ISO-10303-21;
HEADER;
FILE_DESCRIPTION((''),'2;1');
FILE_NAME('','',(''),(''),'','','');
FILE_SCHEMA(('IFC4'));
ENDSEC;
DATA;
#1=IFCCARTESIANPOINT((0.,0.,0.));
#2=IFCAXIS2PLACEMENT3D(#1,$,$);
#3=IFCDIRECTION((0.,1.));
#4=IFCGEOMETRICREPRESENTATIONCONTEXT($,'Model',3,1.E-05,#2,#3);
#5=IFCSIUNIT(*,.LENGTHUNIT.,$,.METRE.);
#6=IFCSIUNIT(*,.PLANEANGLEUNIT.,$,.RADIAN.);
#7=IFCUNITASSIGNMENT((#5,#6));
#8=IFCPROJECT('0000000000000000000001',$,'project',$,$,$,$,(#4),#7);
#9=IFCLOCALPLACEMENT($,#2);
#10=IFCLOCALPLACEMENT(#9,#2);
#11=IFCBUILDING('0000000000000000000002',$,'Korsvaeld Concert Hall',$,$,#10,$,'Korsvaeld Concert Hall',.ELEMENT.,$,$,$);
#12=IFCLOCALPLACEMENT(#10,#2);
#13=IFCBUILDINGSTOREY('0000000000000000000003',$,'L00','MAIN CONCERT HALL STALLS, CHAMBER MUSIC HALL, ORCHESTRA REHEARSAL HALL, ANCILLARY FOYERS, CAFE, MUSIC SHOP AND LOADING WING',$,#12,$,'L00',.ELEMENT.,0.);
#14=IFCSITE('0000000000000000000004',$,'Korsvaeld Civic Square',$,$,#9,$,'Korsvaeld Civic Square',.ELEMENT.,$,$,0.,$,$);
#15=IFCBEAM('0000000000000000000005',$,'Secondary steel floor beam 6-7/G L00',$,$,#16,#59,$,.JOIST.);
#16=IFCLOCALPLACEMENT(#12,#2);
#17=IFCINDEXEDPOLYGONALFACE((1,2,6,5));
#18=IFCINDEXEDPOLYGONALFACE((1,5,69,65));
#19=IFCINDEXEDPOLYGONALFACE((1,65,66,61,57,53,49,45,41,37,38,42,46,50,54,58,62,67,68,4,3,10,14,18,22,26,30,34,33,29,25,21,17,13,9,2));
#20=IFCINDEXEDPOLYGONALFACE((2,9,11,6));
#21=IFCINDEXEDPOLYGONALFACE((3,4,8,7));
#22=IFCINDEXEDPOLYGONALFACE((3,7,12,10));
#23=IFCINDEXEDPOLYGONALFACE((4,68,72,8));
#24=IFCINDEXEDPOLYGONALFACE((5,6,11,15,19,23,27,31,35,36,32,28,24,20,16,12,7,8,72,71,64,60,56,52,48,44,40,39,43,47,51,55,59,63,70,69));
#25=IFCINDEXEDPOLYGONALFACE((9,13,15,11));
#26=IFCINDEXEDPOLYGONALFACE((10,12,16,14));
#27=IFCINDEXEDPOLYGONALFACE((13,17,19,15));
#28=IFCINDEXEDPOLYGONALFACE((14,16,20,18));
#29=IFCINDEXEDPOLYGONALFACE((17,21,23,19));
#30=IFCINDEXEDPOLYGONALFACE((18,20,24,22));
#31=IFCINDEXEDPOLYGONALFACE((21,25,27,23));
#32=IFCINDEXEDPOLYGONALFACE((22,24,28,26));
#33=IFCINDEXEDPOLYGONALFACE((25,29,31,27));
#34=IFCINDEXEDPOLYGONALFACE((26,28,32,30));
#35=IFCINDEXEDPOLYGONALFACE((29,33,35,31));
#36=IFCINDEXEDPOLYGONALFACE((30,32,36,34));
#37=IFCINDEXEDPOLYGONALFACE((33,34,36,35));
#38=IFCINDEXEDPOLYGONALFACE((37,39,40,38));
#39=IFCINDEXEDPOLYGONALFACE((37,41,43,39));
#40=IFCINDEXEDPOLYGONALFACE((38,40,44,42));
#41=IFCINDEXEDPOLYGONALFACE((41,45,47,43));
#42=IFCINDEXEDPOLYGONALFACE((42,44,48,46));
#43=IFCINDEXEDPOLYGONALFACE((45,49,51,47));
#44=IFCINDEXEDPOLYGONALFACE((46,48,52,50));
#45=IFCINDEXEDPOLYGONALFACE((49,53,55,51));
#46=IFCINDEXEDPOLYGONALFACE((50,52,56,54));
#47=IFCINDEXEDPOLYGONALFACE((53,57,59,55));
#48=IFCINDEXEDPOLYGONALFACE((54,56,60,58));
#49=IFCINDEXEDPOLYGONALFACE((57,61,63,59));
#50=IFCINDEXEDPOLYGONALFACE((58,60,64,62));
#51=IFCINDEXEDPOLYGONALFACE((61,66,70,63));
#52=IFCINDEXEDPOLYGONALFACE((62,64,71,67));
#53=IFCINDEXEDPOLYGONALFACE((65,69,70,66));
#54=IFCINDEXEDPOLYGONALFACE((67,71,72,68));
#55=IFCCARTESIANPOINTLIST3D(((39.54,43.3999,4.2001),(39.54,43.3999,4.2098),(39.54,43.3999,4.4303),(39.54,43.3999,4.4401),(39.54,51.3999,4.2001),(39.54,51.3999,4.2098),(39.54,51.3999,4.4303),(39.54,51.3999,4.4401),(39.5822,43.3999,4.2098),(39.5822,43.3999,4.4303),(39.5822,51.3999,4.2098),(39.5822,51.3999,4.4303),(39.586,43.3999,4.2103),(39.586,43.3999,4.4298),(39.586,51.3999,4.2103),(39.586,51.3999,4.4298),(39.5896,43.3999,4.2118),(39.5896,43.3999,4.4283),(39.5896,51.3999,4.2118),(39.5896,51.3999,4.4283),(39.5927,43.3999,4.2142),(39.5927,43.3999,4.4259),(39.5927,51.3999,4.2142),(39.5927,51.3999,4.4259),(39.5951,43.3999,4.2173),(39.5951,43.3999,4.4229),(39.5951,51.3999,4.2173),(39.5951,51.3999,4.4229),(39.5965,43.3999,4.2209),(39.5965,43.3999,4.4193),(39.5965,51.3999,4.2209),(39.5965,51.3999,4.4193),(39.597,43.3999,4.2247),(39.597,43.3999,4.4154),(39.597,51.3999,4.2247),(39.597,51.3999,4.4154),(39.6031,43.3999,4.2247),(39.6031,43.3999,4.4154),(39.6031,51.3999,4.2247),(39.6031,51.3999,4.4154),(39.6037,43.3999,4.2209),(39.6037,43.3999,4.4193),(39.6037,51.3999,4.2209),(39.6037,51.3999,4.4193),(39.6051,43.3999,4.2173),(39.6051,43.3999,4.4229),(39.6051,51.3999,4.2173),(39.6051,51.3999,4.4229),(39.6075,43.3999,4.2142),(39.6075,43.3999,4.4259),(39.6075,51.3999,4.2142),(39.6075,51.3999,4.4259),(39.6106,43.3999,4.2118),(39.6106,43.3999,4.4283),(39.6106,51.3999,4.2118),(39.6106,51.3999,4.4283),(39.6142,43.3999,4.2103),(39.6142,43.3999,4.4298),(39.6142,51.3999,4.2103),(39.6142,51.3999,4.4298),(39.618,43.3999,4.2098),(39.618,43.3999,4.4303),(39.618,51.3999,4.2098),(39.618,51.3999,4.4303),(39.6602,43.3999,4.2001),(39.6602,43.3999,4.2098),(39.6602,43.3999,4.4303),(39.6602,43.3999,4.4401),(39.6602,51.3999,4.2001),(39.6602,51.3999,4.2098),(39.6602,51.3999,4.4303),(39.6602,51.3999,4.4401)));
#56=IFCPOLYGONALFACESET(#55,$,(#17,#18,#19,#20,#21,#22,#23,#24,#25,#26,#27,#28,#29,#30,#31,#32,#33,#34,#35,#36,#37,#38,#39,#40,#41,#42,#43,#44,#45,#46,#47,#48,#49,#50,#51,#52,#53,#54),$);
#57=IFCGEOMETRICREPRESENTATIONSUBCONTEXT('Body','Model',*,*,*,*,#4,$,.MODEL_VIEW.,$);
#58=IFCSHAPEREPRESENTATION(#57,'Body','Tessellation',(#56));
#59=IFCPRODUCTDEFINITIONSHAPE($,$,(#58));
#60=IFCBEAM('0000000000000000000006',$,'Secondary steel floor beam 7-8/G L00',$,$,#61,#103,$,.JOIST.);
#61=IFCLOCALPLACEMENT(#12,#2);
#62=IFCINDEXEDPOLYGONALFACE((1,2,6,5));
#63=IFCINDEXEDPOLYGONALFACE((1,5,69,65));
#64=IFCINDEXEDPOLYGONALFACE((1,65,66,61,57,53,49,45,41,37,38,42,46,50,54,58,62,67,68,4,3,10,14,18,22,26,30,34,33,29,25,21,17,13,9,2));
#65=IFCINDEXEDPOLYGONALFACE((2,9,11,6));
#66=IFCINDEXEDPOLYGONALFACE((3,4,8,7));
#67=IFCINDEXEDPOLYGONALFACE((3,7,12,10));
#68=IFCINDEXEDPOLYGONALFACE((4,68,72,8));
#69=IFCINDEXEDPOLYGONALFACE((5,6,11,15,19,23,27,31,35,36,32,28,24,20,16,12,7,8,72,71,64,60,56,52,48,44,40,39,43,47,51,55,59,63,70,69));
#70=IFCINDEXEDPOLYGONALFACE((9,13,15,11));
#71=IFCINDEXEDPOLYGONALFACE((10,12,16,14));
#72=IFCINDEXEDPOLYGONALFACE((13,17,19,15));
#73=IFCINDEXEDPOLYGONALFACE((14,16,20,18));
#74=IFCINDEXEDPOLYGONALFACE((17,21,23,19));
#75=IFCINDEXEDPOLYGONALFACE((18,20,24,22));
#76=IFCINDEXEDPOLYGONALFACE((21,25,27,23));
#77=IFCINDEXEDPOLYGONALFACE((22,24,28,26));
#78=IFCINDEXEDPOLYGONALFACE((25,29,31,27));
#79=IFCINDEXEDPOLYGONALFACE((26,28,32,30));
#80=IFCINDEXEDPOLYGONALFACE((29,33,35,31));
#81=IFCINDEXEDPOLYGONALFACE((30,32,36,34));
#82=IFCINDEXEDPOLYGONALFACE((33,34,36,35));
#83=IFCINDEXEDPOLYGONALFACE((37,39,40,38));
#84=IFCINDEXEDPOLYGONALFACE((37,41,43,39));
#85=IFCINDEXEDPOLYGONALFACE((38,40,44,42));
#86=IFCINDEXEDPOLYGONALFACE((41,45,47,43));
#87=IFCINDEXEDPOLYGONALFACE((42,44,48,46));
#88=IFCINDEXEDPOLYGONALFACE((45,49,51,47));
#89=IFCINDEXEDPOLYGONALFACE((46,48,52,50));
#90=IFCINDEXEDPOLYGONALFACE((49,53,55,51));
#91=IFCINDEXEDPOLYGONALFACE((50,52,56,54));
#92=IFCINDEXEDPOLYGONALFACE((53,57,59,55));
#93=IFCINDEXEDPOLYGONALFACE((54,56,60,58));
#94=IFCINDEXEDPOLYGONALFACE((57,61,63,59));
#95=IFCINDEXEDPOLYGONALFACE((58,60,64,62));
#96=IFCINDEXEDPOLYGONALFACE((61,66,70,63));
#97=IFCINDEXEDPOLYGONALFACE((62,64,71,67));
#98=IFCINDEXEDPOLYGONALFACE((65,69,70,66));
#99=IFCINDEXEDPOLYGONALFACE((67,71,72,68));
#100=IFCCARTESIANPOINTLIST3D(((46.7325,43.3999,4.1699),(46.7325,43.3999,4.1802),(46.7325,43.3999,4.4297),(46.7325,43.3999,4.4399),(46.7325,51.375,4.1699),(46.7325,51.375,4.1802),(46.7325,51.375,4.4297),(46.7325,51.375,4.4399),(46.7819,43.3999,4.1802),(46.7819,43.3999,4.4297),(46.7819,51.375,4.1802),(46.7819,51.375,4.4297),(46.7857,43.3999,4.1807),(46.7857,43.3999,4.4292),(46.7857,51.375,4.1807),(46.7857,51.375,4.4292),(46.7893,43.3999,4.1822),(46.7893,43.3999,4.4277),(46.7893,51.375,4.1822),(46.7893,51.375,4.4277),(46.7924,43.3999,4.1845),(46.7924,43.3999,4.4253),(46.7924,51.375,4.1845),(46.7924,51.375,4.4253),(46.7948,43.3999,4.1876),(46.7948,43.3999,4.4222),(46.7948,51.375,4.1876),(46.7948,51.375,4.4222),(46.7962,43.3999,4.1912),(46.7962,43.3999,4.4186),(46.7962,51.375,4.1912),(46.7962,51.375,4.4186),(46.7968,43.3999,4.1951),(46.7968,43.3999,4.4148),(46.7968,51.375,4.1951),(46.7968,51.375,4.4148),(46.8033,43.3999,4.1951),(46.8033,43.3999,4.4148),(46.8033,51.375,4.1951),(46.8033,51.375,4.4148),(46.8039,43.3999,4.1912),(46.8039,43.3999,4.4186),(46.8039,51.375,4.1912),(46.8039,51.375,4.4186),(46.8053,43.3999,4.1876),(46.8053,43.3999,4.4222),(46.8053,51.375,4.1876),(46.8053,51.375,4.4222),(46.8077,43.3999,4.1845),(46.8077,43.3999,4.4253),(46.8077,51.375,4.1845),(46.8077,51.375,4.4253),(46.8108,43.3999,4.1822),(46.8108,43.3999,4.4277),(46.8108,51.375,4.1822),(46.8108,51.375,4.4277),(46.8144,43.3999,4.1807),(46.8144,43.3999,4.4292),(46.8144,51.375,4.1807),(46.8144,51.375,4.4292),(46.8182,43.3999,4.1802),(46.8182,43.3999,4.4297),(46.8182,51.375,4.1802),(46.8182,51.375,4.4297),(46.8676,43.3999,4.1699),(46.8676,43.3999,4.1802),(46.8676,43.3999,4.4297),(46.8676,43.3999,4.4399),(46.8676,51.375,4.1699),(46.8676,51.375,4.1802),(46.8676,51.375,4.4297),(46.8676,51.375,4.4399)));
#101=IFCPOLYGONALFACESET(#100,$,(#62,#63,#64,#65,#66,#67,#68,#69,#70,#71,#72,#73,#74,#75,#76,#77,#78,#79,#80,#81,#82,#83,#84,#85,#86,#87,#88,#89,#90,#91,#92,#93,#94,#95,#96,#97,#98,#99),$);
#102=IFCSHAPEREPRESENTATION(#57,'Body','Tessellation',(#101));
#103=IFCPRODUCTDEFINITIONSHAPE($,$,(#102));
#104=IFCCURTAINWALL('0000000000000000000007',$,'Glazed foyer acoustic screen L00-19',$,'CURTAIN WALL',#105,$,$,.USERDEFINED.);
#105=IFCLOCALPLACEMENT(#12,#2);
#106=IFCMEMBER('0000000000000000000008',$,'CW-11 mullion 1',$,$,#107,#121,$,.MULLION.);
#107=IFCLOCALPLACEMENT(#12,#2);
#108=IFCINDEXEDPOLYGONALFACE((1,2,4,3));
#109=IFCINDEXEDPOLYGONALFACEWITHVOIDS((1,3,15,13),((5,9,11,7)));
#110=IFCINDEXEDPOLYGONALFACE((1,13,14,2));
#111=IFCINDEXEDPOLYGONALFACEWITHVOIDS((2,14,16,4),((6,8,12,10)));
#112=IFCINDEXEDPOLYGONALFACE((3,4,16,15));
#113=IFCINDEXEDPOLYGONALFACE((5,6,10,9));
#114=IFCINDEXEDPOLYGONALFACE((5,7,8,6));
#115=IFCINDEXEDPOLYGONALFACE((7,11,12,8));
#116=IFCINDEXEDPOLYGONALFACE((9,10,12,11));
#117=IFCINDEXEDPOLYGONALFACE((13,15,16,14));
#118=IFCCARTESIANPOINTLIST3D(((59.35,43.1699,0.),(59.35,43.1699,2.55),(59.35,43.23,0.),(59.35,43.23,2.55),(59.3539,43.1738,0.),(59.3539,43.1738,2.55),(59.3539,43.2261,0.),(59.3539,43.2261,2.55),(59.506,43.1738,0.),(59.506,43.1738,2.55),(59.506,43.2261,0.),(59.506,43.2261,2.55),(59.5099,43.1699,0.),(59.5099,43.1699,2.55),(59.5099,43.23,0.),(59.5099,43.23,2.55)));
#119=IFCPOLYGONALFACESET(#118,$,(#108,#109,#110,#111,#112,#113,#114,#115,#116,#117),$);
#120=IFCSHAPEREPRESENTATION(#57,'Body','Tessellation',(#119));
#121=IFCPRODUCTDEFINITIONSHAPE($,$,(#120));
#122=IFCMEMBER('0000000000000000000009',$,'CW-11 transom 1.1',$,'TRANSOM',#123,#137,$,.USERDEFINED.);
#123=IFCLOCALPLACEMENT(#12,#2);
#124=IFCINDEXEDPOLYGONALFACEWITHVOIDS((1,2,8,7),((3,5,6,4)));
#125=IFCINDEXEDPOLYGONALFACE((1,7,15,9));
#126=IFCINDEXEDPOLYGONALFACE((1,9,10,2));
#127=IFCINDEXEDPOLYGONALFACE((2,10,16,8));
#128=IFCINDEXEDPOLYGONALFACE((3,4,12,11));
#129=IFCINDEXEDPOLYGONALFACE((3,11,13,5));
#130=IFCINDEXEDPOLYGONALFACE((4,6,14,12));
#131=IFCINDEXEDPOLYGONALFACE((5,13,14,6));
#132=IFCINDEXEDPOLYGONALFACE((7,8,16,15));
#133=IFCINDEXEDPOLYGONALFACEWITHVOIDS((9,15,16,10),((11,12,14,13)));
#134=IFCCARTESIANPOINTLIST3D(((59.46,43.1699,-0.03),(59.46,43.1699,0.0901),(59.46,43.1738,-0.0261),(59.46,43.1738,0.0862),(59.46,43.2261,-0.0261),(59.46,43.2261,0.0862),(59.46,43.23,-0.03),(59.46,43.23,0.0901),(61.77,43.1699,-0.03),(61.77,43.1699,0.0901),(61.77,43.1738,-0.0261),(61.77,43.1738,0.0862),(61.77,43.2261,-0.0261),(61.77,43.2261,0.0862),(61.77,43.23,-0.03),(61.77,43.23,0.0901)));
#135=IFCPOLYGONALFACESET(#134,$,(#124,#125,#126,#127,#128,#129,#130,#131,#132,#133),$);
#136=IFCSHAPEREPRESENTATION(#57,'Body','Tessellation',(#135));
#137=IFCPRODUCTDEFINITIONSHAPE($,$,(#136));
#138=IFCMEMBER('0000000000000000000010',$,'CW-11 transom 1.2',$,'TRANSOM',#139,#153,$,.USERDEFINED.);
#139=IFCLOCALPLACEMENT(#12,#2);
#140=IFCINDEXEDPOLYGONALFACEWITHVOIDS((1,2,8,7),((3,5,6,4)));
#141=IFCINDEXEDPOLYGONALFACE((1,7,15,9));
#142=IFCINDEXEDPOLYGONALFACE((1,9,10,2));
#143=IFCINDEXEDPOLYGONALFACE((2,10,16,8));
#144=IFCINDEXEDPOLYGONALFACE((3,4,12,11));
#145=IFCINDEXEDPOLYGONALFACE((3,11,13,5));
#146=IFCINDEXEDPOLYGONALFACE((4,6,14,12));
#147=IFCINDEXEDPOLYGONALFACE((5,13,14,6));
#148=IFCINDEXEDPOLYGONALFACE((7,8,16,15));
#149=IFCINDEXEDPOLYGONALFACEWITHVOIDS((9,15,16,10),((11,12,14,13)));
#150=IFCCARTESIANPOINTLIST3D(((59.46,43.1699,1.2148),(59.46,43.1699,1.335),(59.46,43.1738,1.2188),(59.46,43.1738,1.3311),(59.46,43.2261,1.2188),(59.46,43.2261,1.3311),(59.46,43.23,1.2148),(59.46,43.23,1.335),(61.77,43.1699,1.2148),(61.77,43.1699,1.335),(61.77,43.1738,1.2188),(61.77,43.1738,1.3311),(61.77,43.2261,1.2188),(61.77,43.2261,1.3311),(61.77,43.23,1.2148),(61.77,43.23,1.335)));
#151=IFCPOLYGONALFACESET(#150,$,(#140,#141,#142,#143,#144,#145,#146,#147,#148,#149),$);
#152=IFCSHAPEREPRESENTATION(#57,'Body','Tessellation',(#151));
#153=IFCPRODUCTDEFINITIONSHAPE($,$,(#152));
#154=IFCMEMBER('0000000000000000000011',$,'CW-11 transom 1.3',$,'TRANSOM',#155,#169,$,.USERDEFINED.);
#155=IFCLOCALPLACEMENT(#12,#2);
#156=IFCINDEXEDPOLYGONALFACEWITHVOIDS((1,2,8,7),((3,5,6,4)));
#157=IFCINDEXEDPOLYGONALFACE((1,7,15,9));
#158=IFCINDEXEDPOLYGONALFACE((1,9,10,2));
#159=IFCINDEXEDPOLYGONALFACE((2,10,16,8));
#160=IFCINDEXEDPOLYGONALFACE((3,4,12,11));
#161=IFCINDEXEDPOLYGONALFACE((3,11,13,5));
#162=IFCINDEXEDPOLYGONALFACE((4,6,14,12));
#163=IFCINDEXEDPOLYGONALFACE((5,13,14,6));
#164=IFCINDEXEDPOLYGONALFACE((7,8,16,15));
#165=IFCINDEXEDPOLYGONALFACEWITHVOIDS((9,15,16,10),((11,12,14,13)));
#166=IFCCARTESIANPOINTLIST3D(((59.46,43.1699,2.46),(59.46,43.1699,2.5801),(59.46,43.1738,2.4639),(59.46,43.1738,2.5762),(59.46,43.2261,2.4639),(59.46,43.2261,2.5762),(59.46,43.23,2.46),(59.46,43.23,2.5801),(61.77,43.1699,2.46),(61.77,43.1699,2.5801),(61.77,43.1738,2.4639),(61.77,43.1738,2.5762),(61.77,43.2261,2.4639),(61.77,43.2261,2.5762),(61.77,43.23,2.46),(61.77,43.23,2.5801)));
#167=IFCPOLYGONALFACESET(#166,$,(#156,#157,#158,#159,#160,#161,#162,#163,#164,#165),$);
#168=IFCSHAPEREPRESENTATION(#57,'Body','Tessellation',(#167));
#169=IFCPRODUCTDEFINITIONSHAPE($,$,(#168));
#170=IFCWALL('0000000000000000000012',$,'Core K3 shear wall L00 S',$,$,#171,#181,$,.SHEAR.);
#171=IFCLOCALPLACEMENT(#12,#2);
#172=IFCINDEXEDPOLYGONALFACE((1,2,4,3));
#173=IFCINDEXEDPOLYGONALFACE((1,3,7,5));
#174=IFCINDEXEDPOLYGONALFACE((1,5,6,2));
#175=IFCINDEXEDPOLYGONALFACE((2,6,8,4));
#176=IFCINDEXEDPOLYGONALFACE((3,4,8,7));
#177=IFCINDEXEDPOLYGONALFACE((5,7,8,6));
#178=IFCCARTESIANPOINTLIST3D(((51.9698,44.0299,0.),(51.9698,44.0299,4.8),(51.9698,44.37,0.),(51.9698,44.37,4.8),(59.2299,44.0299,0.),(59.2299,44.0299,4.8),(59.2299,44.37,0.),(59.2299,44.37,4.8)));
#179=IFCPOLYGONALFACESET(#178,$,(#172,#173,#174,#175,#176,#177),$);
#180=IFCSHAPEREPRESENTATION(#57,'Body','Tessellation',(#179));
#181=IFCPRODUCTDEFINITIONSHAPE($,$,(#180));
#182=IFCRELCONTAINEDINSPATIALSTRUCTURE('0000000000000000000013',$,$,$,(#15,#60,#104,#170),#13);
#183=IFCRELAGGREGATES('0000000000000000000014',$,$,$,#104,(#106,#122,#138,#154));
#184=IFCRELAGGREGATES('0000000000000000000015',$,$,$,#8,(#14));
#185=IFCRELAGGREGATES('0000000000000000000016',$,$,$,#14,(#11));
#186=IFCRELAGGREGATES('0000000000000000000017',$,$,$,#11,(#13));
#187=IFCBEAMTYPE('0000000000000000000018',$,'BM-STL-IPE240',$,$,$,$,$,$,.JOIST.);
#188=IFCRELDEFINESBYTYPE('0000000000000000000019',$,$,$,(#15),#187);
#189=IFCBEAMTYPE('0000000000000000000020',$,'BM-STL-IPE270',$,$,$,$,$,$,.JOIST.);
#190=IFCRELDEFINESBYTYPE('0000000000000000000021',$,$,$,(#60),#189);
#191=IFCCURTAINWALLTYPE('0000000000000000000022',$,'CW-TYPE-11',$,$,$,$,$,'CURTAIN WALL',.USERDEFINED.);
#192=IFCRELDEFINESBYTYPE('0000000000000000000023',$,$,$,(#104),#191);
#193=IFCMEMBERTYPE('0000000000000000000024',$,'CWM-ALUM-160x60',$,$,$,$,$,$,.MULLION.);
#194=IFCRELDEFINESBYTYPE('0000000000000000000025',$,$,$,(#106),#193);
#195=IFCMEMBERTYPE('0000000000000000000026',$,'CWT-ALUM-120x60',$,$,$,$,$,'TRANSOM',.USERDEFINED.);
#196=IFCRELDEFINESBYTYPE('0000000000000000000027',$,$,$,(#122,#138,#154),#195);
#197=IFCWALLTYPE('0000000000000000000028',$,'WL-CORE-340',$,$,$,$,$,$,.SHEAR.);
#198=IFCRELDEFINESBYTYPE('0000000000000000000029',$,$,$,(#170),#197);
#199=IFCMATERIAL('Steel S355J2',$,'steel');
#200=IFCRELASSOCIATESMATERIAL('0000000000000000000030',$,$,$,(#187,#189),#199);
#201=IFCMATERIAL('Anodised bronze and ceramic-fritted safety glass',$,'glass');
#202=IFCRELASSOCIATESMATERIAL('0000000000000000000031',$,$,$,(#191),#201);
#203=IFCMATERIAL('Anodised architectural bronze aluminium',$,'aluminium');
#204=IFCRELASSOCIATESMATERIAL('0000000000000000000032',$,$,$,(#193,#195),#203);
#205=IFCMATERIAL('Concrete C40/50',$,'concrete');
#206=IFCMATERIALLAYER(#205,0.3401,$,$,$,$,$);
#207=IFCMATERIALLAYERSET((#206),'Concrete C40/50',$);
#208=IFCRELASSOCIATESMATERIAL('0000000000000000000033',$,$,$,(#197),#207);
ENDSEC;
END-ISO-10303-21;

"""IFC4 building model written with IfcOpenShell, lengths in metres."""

from ifc_helpers import new_model, si_unit, direction, frame, frame_2d, origin, origin_2d, place, context, subcontext, project, spatial, rectangle, hollow_rectangle, i_section, extrude, material, layer, layer_set, material_profile, profile_set, type_object, element, aggregate, save


model = new_model("IFC4")

# Units and contexts
model_context = context("Model", 3, precision=1e-05, world=origin(), true_north=direction((0.0, 1.0)))
body_context = subcontext(model_context, "Body", "Model", "MODEL_VIEW")
ifc_project = project(units=[si_unit("LENGTHUNIT", "METRE"), si_unit("PLANEANGLEUNIT", "RADIAN")], contexts=[model_context])

# Site, building, storey
site_placement = place(None, origin())
site = spatial("IfcSite", under=ifc_project, at=site_placement, Name="Korsvaeld Civic Square", LongName="Korsvaeld Civic Square", CompositionType="ELEMENT", RefElevation=0.0)
building_placement = place(site_placement, origin())
building = spatial("IfcBuilding", under=site, at=building_placement, Name="Korsvaeld Concert Hall", LongName="Korsvaeld Concert Hall", CompositionType="ELEMENT")
storey_placement = place(building_placement, origin())
storey = spatial("IfcBuildingStorey", under=building, at=storey_placement, Name="L00", Description="MAIN CONCERT HALL STALLS, CHAMBER MUSIC HALL, ORCHESTRA REHEARSAL HALL, ANCILLARY FOYERS, CAFE, MUSIC SHOP AND LOADING WING", LongName="L00", CompositionType="ELEMENT", Elevation=0.0)

# Shared definitions
ifc_material_1 = material(Name="Concrete C40/50", Category="concrete")

# Beams
ifc_material_2 = material(Name="Steel S355J2", Category="steel")
ifc_material_profile_1 = material_profile(ifc_material_2, i_section(OverallWidth=0.1201, OverallDepth=0.24, WebThickness=0.0061, FlangeThickness=0.0098, FilletRadius=0.0149, at=origin_2d()), Name="IPE 240")
ifc_profile_set_1 = profile_set([ifc_material_profile_1], Name="Steel S355J2")
beam_type_1 = type_object("IfcBeamType", Name="BM-STL-IPE240", PredefinedType="JOIST", material=ifc_profile_set_1)
beam_1_placement = place(storey_placement, frame((39.6001, 43.3999, 4.3201), z_axis=(0.0, 1.0, 0.0), x_axis=(-1.0, 0.0, 0.0)))
element("IfcBeam", 1, at=beam_1_placement, inside=storey, type_object=beam_type_1, Name="Secondary steel floor beam 6-7/G L00", PredefinedType="JOIST", context=body_context, shape_type="SweptSolid", body=[
    extrude(i_section(OverallWidth=0.1201, OverallDepth=0.24, WebThickness=0.0061, FlangeThickness=0.0098, FilletRadius=0.0149, at=origin_2d()), origin(), (0.0, 0.0, 1.0), 8.0),
])
ifc_material_profile_2 = material_profile(ifc_material_2, i_section(OverallWidth=0.135, OverallDepth=0.27, WebThickness=0.0066, FlangeThickness=0.0103, FilletRadius=0.0149, at=origin_2d()), Name="IPE 270")
ifc_profile_set_2 = profile_set([ifc_material_profile_2], Name="Steel S355J2")
beam_type_2 = type_object("IfcBeamType", Name="BM-STL-IPE270", PredefinedType="JOIST", material=ifc_profile_set_2)
beam_2_placement = place(storey_placement, frame((46.8, 43.3999, 4.3049), z_axis=(0.0, 1.0, 0.0), x_axis=(-1.0, 0.0, 0.0)))
element("IfcBeam", 2, at=beam_2_placement, inside=storey, type_object=beam_type_2, Name="Secondary steel floor beam 7-8/G L00", PredefinedType="JOIST", context=body_context, shape_type="SweptSolid", body=[
    extrude(i_section(OverallWidth=0.135, OverallDepth=0.27, WebThickness=0.0066, FlangeThickness=0.0103, FilletRadius=0.0149, at=origin_2d()), origin(), (0.0, 0.0, 1.0), 7.9751),
])

# Curtain wall, members
ifc_material_3 = material(Name="Anodised bronze and ceramic-fritted safety glass", Category="glass")
curtain_wall_type = type_object("IfcCurtainWallType", Name="CW-TYPE-11", ElementType="CURTAIN WALL", PredefinedType="USERDEFINED", material=ifc_material_3)
curtain_wall_placement = place(storey_placement, origin())
curtain_wall = element("IfcCurtainWall", 3, at=curtain_wall_placement, inside=storey, type_object=curtain_wall_type, Name="Glazed foyer acoustic screen L00-19", ObjectType="CURTAIN WALL", PredefinedType="USERDEFINED")
ifc_material_4 = material(Name="Anodised architectural bronze aluminium", Category="aluminium")
ifc_material_profile_3 = material_profile(ifc_material_4, hollow_rectangle(XDim=0.0601, YDim=0.1599, WallThickness=0.0039, at=origin_2d()), Name="CWM 160x60x4")
ifc_profile_set_3 = profile_set([ifc_material_profile_3], Name="Anodised architectural bronze aluminium")
member_type_1 = type_object("IfcMemberType", Name="CWM-ALUM-160x60", PredefinedType="MULLION", material=ifc_profile_set_3)
member_1_placement = place(storey_placement, frame((59.4299, 43.2, 0.0), z_axis=(0.0, 0.0, 1.0), x_axis=(0.0, 1.0, 0.0)))
member_1 = element("IfcMember", 4, at=member_1_placement, type_object=member_type_1, Name="CW-11 mullion 1", PredefinedType="MULLION", context=body_context, shape_type="SweptSolid", body=[
    extrude(hollow_rectangle(XDim=0.0601, YDim=0.1599, WallThickness=0.0039, at=origin_2d()), origin(), (0.0, 0.0, 1.0), 2.55),
])
ifc_material_profile_4 = material_profile(ifc_material_4, hollow_rectangle(XDim=0.0601, YDim=0.1201, WallThickness=0.0039, at=origin_2d()), Name="CWT 120x60x4")
ifc_profile_set_4 = profile_set([ifc_material_profile_4], Name="Anodised architectural bronze aluminium")
member_type_2 = type_object("IfcMemberType", Name="CWT-ALUM-120x60", ElementType="TRANSOM", PredefinedType="USERDEFINED", material=ifc_profile_set_4)
member_2_placement = place(storey_placement, frame((59.46, 43.2, 0.03), z_axis=(1.0, 0.0, 0.0), x_axis=(0.0, 1.0, 0.0)))
member_2 = element("IfcMember", 5, at=member_2_placement, type_object=member_type_2, Name="CW-11 transom 1.1", ObjectType="TRANSOM", PredefinedType="USERDEFINED", context=body_context, shape_type="SweptSolid", body=[
    extrude(hollow_rectangle(XDim=0.0601, YDim=0.1201, WallThickness=0.0039, at=origin_2d()), origin(), (0.0, 0.0, 1.0), 2.3101),
])
member_3_placement = place(storey_placement, frame((59.46, 43.2, 1.2749), z_axis=(1.0, 0.0, 0.0), x_axis=(0.0, 1.0, 0.0)))
member_3 = element("IfcMember", 6, at=member_3_placement, type_object=member_type_2, Name="CW-11 transom 1.2", ObjectType="TRANSOM", PredefinedType="USERDEFINED", context=body_context, shape_type="SweptSolid", body=[
    extrude(hollow_rectangle(XDim=0.0601, YDim=0.1201, WallThickness=0.0039, at=origin_2d()), origin(), (0.0, 0.0, 1.0), 2.3101),
])
member_4_placement = place(storey_placement, frame((59.46, 43.2, 2.52), z_axis=(1.0, 0.0, 0.0), x_axis=(0.0, 1.0, 0.0)))
member_4 = element("IfcMember", 7, at=member_4_placement, type_object=member_type_2, Name="CW-11 transom 1.3", ObjectType="TRANSOM", PredefinedType="USERDEFINED", context=body_context, shape_type="SweptSolid", body=[
    extrude(hollow_rectangle(XDim=0.0601, YDim=0.1201, WallThickness=0.0039, at=origin_2d()), origin(), (0.0, 0.0, 1.0), 2.3101),
])
aggregate(curtain_wall, [member_1, member_2, member_3, member_4])

# Wall
ifc_layer_1 = layer(ifc_material_1, 0.3401)
ifc_layer_set_1 = layer_set([ifc_layer_1], Name="Concrete C40/50")
wall_type_1 = type_object("IfcWallType", Name="WL-CORE-340", PredefinedType="SHEAR", material=ifc_layer_set_1)
wall_1_placement = place(storey_placement, frame((51.97, 44.2, 0.0), z_axis=(0.0, 0.0, 1.0), x_axis=(1.0, 0.0, 0.0)))
element("IfcWall", 8, at=wall_1_placement, inside=storey, type_object=wall_type_1, Name="Core K3 shear wall L00 S", PredefinedType="SHEAR", context=body_context, shape_type="SweptSolid", body=[
    extrude(rectangle(XDim=7.26, YDim=0.3401, at=frame_2d((3.6299, 0.0))), origin(), (0.0, 0.0, 1.0), 4.8),
])

save(model, "model.ifc")
